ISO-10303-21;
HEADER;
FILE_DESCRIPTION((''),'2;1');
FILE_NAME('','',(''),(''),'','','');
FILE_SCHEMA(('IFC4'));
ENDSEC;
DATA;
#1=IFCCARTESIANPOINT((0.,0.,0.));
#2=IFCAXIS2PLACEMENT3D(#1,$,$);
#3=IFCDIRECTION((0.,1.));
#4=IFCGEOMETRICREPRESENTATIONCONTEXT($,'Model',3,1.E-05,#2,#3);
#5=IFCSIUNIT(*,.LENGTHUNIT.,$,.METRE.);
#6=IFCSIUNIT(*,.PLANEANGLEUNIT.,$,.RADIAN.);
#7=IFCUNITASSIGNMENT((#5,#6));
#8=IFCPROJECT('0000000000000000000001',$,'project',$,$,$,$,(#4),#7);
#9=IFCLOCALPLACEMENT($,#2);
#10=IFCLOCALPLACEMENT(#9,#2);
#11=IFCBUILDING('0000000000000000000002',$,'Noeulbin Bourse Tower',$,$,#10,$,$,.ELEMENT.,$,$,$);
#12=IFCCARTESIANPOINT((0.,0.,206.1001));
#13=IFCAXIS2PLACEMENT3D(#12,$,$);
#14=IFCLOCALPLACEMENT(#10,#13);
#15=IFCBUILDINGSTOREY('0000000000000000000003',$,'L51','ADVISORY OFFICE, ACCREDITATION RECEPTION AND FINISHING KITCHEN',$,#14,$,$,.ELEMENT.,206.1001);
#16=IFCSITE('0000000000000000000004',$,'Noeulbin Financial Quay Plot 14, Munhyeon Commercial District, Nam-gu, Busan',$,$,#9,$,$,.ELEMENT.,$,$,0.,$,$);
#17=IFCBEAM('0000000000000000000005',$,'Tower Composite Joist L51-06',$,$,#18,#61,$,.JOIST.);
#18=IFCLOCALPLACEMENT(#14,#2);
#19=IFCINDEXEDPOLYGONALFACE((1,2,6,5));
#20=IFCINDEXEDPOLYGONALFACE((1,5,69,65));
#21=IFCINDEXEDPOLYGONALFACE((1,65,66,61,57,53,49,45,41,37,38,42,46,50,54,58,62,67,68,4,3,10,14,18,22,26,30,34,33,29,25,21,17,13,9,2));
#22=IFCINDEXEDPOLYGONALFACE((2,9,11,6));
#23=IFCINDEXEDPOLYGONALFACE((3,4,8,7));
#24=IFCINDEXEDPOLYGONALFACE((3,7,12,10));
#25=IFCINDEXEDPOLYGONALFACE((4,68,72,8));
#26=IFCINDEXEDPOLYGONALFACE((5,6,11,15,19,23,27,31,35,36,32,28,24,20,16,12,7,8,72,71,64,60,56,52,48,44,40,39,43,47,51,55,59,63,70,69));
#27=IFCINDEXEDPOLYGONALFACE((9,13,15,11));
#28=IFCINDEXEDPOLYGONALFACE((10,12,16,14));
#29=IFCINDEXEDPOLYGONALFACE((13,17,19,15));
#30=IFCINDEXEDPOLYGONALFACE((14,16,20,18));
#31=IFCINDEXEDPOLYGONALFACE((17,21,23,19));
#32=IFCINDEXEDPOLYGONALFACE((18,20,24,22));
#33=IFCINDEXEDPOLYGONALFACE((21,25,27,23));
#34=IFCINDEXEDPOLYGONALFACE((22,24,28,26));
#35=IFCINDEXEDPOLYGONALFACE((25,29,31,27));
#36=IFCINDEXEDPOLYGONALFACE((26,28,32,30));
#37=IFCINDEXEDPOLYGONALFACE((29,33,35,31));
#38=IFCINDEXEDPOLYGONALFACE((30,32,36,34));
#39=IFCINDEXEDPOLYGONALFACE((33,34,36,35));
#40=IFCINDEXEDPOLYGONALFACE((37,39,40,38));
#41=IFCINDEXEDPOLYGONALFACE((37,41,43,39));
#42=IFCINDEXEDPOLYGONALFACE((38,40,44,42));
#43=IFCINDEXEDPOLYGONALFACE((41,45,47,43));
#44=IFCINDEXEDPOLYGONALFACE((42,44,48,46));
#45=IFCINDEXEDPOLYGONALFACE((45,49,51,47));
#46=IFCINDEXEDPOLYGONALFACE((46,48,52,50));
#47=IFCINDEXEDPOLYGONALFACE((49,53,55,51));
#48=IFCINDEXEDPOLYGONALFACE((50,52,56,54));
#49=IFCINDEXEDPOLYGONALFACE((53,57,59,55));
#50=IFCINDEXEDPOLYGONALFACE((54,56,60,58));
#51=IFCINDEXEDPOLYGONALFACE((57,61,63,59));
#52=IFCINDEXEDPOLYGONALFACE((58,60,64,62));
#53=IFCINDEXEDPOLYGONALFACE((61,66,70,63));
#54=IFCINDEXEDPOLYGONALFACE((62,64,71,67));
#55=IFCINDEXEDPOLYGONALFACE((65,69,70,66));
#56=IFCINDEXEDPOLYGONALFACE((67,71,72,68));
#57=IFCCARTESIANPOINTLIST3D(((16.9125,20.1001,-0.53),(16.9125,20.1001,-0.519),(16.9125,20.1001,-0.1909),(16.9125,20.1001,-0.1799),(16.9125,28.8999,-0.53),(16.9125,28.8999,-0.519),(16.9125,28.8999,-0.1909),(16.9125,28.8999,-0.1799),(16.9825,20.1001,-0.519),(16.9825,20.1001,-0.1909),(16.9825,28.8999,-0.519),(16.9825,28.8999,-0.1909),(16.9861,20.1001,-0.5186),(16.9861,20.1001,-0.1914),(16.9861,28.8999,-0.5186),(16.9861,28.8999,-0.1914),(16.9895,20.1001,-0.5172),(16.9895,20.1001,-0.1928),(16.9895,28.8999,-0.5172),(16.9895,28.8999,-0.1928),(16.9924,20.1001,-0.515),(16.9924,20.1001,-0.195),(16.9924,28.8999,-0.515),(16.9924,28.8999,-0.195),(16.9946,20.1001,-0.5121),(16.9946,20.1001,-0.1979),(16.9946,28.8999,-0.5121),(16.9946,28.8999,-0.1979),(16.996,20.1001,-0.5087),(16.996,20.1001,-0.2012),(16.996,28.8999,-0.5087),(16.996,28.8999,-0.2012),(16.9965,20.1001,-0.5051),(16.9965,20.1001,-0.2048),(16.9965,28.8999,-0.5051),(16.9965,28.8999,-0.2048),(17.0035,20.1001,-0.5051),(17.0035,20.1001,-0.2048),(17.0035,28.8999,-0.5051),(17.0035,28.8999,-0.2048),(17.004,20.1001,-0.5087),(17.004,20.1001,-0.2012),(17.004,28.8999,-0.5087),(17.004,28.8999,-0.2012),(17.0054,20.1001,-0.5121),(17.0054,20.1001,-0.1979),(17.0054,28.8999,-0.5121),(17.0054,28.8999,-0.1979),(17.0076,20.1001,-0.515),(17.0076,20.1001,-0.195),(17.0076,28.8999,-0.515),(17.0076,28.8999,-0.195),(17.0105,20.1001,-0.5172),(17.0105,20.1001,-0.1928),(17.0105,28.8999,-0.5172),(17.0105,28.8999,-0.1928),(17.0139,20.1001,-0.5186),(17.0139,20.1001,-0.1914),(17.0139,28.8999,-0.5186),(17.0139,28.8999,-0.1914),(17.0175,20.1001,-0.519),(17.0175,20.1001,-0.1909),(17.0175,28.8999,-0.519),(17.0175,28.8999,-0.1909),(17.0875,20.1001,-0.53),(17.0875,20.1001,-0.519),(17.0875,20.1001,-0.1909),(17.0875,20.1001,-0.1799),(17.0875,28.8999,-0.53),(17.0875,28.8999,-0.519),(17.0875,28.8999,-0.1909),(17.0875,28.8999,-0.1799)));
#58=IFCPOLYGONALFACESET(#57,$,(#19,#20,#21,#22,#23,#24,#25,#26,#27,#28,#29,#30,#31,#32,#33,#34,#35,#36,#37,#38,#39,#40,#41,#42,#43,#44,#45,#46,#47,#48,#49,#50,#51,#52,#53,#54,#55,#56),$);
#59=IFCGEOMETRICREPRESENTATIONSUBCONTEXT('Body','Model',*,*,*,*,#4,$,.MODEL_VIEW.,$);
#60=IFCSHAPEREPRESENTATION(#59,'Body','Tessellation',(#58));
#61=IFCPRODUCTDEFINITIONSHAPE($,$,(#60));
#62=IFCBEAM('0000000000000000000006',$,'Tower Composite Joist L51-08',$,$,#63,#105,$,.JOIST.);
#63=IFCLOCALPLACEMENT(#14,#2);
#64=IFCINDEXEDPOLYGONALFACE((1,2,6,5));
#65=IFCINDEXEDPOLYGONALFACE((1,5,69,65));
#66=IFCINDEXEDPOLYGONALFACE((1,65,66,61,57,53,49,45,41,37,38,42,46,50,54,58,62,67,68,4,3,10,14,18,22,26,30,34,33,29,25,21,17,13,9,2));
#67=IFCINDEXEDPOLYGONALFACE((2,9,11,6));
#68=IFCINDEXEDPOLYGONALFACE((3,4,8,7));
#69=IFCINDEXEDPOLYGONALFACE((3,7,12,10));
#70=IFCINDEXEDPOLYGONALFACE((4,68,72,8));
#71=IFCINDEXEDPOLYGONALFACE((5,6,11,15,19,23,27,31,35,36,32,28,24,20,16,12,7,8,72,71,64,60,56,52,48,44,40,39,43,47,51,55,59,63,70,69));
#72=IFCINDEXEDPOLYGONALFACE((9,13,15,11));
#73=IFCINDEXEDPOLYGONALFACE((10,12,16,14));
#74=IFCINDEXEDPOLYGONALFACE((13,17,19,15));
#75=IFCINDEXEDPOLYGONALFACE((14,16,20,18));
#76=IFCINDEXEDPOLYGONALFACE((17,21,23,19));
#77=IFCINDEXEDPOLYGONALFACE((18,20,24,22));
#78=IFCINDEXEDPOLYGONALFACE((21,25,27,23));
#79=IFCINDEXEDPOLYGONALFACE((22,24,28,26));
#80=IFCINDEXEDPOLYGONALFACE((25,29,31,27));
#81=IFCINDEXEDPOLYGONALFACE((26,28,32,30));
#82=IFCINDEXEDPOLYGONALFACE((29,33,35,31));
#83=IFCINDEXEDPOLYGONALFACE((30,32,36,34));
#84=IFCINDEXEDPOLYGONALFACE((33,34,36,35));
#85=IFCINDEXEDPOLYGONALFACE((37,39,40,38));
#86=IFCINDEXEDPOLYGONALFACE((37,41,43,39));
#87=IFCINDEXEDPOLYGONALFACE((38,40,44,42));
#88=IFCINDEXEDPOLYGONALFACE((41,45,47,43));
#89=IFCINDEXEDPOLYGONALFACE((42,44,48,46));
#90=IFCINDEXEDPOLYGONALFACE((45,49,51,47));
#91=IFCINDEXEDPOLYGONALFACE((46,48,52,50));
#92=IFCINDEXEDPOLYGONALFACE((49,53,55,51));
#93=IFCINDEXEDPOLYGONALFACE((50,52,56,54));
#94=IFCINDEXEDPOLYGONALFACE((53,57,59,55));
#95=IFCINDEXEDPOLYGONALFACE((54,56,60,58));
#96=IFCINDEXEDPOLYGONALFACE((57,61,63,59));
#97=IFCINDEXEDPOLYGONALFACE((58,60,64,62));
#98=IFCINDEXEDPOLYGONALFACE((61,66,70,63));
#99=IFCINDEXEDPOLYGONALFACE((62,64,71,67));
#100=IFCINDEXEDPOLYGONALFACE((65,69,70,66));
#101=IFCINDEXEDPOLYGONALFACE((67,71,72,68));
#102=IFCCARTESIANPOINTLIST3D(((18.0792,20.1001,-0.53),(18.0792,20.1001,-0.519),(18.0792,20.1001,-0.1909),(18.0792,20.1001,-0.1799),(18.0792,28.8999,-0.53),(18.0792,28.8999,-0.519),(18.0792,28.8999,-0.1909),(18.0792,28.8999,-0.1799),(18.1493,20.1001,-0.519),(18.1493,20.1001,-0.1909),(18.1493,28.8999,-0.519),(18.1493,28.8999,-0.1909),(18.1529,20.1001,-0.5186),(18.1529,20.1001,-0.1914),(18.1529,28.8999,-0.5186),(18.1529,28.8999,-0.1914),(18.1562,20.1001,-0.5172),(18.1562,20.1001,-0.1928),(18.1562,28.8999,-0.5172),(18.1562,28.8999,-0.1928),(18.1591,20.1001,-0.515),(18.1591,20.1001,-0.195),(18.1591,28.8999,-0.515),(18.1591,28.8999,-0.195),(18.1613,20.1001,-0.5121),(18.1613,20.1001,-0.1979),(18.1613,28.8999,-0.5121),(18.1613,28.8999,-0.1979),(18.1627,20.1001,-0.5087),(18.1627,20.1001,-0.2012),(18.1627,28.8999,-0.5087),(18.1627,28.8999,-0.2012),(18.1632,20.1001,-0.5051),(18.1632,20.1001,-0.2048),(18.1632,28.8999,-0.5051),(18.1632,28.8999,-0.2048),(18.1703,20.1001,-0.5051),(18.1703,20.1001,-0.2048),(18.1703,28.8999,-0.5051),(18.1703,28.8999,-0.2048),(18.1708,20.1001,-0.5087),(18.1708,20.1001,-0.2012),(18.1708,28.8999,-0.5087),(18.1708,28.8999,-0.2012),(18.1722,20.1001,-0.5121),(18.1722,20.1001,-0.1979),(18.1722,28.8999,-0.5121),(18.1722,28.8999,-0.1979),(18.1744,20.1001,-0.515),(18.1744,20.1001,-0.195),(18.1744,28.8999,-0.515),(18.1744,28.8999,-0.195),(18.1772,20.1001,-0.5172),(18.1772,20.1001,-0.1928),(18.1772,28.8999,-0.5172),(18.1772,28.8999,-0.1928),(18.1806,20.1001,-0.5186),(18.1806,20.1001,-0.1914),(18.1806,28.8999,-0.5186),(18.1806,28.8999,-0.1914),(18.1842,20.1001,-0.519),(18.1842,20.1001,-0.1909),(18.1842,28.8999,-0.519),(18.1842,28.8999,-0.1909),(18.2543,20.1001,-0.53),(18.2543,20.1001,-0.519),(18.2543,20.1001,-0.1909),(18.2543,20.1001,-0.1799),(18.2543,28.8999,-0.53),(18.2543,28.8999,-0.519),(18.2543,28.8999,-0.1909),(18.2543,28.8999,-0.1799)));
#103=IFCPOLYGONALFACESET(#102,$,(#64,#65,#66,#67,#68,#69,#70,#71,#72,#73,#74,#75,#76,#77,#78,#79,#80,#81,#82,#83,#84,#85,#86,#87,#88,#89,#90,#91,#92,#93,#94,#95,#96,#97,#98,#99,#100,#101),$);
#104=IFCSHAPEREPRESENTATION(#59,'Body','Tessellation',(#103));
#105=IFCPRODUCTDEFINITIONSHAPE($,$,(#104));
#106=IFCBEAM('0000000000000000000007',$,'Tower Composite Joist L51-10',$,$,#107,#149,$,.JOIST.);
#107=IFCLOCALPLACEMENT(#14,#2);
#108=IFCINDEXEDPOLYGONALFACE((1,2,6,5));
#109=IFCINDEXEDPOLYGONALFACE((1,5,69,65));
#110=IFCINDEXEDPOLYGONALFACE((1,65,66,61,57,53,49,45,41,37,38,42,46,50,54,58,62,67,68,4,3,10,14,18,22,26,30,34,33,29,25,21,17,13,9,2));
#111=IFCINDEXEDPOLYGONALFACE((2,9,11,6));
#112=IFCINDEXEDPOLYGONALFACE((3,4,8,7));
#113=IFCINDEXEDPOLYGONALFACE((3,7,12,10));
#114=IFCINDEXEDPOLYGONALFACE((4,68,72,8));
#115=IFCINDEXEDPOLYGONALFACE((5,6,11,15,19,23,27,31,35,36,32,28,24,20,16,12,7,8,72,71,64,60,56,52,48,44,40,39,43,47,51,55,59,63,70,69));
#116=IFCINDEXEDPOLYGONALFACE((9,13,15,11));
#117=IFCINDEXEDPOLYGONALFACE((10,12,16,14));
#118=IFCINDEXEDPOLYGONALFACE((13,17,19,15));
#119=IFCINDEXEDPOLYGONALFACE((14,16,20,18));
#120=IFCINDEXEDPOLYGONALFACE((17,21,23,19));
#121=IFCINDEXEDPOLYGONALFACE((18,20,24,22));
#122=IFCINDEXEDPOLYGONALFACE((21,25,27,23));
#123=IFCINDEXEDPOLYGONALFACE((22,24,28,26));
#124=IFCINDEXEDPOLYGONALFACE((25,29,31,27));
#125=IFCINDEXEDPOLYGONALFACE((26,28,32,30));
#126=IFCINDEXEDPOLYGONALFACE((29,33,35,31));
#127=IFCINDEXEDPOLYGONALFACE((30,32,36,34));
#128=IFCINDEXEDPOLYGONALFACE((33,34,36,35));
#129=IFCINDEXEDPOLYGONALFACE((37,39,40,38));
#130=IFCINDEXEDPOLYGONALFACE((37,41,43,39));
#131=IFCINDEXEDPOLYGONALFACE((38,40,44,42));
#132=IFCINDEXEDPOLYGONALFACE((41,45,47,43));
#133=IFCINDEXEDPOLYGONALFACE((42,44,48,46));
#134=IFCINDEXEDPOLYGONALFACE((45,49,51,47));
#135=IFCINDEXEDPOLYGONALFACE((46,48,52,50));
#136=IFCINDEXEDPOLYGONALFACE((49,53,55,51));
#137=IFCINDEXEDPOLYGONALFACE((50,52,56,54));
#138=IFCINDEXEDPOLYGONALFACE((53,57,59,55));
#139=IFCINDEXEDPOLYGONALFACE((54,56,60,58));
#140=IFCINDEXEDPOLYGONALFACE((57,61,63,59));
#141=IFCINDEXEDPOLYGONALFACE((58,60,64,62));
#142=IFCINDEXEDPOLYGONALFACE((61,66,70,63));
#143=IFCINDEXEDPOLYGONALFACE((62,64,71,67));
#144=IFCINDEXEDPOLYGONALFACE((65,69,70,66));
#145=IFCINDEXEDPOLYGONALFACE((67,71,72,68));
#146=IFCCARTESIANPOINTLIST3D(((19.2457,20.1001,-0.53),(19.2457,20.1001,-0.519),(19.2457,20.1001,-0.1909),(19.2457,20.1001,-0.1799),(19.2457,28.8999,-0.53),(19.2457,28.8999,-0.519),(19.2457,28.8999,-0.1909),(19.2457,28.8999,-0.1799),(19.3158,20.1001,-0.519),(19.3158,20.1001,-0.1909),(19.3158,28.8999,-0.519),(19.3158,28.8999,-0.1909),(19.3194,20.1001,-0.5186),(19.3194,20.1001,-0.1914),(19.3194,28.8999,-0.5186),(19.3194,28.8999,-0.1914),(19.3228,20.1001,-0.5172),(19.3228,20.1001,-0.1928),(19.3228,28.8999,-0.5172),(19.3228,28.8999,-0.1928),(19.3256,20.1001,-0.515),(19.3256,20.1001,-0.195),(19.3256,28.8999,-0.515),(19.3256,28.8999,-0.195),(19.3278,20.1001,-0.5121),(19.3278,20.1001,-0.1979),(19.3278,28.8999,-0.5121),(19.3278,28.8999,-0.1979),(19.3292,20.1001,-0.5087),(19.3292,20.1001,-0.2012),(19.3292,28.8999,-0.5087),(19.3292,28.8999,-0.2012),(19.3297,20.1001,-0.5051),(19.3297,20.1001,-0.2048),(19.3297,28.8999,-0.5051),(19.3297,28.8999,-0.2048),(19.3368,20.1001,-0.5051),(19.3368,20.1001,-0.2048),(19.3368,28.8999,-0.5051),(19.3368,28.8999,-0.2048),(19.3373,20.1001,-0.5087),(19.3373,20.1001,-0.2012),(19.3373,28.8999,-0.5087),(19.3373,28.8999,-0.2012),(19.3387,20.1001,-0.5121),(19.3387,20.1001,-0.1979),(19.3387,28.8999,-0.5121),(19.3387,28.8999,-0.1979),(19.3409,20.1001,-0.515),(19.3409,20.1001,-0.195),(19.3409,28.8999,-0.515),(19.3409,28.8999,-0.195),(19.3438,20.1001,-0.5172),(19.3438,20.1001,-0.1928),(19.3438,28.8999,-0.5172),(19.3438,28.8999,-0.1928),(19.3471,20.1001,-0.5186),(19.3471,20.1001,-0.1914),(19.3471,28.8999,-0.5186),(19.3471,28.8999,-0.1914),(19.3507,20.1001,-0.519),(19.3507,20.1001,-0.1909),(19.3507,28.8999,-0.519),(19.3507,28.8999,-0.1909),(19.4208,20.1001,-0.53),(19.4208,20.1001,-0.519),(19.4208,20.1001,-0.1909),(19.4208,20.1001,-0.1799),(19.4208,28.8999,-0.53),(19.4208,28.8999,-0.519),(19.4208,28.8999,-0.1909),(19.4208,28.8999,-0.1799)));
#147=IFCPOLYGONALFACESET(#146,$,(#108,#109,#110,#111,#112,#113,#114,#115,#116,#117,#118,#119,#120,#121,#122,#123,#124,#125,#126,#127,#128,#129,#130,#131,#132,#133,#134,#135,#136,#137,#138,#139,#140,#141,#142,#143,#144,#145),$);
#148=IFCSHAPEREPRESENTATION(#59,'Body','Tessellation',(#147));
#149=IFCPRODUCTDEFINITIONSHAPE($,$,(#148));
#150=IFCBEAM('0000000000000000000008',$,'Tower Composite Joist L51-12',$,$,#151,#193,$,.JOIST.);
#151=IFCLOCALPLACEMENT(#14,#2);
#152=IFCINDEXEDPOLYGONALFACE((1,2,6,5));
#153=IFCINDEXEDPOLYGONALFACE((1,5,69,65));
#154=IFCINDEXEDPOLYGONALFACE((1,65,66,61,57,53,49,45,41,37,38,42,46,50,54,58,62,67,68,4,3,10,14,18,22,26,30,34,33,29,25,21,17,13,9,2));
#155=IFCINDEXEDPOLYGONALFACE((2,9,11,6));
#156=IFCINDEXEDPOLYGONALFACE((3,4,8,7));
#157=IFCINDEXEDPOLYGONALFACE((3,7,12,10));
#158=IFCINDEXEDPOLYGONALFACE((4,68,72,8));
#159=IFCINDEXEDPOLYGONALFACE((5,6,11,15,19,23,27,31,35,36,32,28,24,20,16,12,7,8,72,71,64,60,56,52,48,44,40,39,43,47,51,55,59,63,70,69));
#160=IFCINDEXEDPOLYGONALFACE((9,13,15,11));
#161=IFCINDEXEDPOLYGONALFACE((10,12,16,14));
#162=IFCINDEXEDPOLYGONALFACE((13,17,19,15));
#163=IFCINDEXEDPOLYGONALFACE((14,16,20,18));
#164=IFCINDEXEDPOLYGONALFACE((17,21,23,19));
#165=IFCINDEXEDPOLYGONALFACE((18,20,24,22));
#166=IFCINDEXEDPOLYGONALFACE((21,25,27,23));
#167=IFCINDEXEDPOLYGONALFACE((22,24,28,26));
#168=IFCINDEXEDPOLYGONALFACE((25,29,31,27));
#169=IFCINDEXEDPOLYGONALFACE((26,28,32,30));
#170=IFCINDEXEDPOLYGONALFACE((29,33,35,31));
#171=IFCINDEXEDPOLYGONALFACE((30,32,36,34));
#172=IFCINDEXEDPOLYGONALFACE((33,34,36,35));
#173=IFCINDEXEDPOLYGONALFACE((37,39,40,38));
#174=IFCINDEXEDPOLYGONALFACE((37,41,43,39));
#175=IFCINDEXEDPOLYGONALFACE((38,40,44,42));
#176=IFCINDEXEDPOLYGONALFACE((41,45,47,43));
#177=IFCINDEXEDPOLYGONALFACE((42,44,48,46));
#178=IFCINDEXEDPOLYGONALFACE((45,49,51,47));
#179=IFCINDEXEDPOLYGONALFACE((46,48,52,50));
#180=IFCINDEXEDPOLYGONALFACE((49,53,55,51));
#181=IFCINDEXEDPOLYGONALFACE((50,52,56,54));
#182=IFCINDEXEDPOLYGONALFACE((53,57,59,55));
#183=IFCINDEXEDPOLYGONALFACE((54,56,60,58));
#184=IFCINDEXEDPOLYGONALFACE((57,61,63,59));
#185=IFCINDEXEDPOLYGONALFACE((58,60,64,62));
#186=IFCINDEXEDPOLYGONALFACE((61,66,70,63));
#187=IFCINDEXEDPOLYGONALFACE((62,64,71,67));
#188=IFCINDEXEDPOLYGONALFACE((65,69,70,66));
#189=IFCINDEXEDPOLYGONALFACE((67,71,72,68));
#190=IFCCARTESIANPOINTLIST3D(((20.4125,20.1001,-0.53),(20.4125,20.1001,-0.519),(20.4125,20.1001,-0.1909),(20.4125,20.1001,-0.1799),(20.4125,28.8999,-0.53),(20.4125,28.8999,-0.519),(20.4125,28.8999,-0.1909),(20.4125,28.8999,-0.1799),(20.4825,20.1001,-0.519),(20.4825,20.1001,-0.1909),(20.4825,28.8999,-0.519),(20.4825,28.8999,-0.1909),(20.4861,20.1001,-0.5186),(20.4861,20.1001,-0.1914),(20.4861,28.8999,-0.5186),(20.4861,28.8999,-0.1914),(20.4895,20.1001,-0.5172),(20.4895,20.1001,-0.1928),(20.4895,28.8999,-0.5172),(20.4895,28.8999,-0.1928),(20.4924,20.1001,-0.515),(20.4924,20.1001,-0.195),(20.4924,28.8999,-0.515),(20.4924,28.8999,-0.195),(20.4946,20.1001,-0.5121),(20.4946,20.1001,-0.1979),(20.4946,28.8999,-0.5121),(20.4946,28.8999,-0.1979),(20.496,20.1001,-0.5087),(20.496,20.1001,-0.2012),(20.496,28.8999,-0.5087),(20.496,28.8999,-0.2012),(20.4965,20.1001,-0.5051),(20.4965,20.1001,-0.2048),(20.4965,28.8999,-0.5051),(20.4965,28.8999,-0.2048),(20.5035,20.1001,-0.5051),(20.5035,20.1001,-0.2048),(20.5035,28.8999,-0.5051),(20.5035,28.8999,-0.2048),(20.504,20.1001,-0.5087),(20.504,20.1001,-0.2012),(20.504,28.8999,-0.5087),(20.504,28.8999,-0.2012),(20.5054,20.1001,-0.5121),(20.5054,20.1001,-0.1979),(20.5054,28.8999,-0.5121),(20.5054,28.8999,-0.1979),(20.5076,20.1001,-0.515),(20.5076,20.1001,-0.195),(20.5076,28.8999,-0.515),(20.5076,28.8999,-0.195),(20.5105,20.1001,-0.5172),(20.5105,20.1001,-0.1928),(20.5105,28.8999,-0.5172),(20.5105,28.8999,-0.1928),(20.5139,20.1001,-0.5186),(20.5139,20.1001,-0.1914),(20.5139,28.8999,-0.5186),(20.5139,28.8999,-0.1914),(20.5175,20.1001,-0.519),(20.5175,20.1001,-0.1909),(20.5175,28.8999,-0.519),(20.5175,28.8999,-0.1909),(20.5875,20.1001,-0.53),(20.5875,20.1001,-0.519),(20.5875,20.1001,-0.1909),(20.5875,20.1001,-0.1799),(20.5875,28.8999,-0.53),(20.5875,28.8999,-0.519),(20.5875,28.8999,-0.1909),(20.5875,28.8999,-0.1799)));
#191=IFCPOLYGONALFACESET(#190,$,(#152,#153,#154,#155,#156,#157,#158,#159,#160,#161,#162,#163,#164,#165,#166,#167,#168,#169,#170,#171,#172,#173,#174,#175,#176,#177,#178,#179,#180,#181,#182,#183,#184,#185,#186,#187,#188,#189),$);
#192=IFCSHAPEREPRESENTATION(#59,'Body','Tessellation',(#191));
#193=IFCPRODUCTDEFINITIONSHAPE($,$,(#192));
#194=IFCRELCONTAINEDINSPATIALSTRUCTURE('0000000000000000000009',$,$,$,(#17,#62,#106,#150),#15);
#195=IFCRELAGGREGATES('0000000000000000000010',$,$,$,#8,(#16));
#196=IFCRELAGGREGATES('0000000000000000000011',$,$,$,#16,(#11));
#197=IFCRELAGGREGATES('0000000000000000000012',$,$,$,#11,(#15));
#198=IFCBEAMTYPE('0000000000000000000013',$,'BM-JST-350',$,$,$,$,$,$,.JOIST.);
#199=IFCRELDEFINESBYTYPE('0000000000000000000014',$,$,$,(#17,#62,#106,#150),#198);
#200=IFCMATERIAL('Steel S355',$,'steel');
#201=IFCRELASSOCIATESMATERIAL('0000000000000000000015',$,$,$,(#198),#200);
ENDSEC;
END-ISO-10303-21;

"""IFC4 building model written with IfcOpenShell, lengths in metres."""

from ifc_helpers import new_model, si_unit, direction, frame, origin, origin_2d, place, context, subcontext, project, spatial, i_section, extrude, material, material_profile, profile_set, type_object, element, save


model = new_model("IFC4")

# Units and contexts
model_context = context("Model", 3, precision=1e-05, world=origin(), true_north=direction((0.0, 1.0)))
body_context = subcontext(model_context, "Body", "Model", "MODEL_VIEW")
ifc_project = project(units=[si_unit("LENGTHUNIT", "METRE"), si_unit("PLANEANGLEUNIT", "RADIAN")], contexts=[model_context])

# Site, building, storey
site_placement = place(None, origin())
site = spatial("IfcSite", under=ifc_project, at=site_placement, Name="Noeulbin Financial Quay Plot 14, Munhyeon Commercial District, Nam-gu, Busan", CompositionType="ELEMENT", RefElevation=0.0)
building_placement = place(site_placement, origin())
building = spatial("IfcBuilding", under=site, at=building_placement, Name="Noeulbin Bourse Tower", CompositionType="ELEMENT")
storey_placement = place(building_placement, frame((0.0, 0.0, 206.1001)))
storey = spatial("IfcBuildingStorey", under=building, at=storey_placement, Name="L51", Description="ADVISORY OFFICE, ACCREDITATION RECEPTION AND FINISHING KITCHEN", CompositionType="ELEMENT", Elevation=206.1001)

# Shared definitions
ifc_material_1 = material(Name="Steel S355", Category="steel")

# Beams
ifc_material_profile_1 = material_profile(ifc_material_1, i_section(OverallWidth=0.175, OverallDepth=0.3501, WebThickness=0.0071, FlangeThickness=0.011, FilletRadius=0.0139, at=origin_2d()), Name="H-350x175x7x11", Category="LoadBearing")
ifc_profile_set_1 = profile_set([ifc_material_profile_1], Name="Steel S355")
beam_type_1 = type_object("IfcBeamType", Name="BM-JST-350", PredefinedType="JOIST", material=ifc_profile_set_1)
for number, where, z_axis, x_axis, name in (
    (1, (17.0, 20.1001, -0.355), (0.0, 1.0, 0.0), (-1.0, 0.0, 0.0), "Tower Composite Joist L51-06"),
    (2, (18.1667, 20.1001, -0.355), (0.0, 1.0, 0.0), (-1.0, 0.0, 0.0), "Tower Composite Joist L51-08"),
    (3, (19.3333, 20.1001, -0.355), (0.0, 1.0, 0.0), (-1.0, 0.0, 0.0), "Tower Composite Joist L51-10"),
    (4, (20.5, 20.1001, -0.355), (0.0, 1.0, 0.0), (-1.0, 0.0, 0.0), "Tower Composite Joist L51-12"),
):
    element("IfcBeam", number, at=place(storey_placement, frame(where, z_axis=z_axis, x_axis=x_axis)), inside=storey, type_object=beam_type_1, Name=name, PredefinedType="JOIST", context=body_context, shape_type="SweptSolid", body=[
        extrude(i_section(OverallWidth=0.175, OverallDepth=0.3501, WebThickness=0.0071, FlangeThickness=0.011, FilletRadius=0.0139, at=origin_2d()), origin(), (0.0, 0.0, 1.0), 8.7998),
    ])

save(model, "model.ifc")
